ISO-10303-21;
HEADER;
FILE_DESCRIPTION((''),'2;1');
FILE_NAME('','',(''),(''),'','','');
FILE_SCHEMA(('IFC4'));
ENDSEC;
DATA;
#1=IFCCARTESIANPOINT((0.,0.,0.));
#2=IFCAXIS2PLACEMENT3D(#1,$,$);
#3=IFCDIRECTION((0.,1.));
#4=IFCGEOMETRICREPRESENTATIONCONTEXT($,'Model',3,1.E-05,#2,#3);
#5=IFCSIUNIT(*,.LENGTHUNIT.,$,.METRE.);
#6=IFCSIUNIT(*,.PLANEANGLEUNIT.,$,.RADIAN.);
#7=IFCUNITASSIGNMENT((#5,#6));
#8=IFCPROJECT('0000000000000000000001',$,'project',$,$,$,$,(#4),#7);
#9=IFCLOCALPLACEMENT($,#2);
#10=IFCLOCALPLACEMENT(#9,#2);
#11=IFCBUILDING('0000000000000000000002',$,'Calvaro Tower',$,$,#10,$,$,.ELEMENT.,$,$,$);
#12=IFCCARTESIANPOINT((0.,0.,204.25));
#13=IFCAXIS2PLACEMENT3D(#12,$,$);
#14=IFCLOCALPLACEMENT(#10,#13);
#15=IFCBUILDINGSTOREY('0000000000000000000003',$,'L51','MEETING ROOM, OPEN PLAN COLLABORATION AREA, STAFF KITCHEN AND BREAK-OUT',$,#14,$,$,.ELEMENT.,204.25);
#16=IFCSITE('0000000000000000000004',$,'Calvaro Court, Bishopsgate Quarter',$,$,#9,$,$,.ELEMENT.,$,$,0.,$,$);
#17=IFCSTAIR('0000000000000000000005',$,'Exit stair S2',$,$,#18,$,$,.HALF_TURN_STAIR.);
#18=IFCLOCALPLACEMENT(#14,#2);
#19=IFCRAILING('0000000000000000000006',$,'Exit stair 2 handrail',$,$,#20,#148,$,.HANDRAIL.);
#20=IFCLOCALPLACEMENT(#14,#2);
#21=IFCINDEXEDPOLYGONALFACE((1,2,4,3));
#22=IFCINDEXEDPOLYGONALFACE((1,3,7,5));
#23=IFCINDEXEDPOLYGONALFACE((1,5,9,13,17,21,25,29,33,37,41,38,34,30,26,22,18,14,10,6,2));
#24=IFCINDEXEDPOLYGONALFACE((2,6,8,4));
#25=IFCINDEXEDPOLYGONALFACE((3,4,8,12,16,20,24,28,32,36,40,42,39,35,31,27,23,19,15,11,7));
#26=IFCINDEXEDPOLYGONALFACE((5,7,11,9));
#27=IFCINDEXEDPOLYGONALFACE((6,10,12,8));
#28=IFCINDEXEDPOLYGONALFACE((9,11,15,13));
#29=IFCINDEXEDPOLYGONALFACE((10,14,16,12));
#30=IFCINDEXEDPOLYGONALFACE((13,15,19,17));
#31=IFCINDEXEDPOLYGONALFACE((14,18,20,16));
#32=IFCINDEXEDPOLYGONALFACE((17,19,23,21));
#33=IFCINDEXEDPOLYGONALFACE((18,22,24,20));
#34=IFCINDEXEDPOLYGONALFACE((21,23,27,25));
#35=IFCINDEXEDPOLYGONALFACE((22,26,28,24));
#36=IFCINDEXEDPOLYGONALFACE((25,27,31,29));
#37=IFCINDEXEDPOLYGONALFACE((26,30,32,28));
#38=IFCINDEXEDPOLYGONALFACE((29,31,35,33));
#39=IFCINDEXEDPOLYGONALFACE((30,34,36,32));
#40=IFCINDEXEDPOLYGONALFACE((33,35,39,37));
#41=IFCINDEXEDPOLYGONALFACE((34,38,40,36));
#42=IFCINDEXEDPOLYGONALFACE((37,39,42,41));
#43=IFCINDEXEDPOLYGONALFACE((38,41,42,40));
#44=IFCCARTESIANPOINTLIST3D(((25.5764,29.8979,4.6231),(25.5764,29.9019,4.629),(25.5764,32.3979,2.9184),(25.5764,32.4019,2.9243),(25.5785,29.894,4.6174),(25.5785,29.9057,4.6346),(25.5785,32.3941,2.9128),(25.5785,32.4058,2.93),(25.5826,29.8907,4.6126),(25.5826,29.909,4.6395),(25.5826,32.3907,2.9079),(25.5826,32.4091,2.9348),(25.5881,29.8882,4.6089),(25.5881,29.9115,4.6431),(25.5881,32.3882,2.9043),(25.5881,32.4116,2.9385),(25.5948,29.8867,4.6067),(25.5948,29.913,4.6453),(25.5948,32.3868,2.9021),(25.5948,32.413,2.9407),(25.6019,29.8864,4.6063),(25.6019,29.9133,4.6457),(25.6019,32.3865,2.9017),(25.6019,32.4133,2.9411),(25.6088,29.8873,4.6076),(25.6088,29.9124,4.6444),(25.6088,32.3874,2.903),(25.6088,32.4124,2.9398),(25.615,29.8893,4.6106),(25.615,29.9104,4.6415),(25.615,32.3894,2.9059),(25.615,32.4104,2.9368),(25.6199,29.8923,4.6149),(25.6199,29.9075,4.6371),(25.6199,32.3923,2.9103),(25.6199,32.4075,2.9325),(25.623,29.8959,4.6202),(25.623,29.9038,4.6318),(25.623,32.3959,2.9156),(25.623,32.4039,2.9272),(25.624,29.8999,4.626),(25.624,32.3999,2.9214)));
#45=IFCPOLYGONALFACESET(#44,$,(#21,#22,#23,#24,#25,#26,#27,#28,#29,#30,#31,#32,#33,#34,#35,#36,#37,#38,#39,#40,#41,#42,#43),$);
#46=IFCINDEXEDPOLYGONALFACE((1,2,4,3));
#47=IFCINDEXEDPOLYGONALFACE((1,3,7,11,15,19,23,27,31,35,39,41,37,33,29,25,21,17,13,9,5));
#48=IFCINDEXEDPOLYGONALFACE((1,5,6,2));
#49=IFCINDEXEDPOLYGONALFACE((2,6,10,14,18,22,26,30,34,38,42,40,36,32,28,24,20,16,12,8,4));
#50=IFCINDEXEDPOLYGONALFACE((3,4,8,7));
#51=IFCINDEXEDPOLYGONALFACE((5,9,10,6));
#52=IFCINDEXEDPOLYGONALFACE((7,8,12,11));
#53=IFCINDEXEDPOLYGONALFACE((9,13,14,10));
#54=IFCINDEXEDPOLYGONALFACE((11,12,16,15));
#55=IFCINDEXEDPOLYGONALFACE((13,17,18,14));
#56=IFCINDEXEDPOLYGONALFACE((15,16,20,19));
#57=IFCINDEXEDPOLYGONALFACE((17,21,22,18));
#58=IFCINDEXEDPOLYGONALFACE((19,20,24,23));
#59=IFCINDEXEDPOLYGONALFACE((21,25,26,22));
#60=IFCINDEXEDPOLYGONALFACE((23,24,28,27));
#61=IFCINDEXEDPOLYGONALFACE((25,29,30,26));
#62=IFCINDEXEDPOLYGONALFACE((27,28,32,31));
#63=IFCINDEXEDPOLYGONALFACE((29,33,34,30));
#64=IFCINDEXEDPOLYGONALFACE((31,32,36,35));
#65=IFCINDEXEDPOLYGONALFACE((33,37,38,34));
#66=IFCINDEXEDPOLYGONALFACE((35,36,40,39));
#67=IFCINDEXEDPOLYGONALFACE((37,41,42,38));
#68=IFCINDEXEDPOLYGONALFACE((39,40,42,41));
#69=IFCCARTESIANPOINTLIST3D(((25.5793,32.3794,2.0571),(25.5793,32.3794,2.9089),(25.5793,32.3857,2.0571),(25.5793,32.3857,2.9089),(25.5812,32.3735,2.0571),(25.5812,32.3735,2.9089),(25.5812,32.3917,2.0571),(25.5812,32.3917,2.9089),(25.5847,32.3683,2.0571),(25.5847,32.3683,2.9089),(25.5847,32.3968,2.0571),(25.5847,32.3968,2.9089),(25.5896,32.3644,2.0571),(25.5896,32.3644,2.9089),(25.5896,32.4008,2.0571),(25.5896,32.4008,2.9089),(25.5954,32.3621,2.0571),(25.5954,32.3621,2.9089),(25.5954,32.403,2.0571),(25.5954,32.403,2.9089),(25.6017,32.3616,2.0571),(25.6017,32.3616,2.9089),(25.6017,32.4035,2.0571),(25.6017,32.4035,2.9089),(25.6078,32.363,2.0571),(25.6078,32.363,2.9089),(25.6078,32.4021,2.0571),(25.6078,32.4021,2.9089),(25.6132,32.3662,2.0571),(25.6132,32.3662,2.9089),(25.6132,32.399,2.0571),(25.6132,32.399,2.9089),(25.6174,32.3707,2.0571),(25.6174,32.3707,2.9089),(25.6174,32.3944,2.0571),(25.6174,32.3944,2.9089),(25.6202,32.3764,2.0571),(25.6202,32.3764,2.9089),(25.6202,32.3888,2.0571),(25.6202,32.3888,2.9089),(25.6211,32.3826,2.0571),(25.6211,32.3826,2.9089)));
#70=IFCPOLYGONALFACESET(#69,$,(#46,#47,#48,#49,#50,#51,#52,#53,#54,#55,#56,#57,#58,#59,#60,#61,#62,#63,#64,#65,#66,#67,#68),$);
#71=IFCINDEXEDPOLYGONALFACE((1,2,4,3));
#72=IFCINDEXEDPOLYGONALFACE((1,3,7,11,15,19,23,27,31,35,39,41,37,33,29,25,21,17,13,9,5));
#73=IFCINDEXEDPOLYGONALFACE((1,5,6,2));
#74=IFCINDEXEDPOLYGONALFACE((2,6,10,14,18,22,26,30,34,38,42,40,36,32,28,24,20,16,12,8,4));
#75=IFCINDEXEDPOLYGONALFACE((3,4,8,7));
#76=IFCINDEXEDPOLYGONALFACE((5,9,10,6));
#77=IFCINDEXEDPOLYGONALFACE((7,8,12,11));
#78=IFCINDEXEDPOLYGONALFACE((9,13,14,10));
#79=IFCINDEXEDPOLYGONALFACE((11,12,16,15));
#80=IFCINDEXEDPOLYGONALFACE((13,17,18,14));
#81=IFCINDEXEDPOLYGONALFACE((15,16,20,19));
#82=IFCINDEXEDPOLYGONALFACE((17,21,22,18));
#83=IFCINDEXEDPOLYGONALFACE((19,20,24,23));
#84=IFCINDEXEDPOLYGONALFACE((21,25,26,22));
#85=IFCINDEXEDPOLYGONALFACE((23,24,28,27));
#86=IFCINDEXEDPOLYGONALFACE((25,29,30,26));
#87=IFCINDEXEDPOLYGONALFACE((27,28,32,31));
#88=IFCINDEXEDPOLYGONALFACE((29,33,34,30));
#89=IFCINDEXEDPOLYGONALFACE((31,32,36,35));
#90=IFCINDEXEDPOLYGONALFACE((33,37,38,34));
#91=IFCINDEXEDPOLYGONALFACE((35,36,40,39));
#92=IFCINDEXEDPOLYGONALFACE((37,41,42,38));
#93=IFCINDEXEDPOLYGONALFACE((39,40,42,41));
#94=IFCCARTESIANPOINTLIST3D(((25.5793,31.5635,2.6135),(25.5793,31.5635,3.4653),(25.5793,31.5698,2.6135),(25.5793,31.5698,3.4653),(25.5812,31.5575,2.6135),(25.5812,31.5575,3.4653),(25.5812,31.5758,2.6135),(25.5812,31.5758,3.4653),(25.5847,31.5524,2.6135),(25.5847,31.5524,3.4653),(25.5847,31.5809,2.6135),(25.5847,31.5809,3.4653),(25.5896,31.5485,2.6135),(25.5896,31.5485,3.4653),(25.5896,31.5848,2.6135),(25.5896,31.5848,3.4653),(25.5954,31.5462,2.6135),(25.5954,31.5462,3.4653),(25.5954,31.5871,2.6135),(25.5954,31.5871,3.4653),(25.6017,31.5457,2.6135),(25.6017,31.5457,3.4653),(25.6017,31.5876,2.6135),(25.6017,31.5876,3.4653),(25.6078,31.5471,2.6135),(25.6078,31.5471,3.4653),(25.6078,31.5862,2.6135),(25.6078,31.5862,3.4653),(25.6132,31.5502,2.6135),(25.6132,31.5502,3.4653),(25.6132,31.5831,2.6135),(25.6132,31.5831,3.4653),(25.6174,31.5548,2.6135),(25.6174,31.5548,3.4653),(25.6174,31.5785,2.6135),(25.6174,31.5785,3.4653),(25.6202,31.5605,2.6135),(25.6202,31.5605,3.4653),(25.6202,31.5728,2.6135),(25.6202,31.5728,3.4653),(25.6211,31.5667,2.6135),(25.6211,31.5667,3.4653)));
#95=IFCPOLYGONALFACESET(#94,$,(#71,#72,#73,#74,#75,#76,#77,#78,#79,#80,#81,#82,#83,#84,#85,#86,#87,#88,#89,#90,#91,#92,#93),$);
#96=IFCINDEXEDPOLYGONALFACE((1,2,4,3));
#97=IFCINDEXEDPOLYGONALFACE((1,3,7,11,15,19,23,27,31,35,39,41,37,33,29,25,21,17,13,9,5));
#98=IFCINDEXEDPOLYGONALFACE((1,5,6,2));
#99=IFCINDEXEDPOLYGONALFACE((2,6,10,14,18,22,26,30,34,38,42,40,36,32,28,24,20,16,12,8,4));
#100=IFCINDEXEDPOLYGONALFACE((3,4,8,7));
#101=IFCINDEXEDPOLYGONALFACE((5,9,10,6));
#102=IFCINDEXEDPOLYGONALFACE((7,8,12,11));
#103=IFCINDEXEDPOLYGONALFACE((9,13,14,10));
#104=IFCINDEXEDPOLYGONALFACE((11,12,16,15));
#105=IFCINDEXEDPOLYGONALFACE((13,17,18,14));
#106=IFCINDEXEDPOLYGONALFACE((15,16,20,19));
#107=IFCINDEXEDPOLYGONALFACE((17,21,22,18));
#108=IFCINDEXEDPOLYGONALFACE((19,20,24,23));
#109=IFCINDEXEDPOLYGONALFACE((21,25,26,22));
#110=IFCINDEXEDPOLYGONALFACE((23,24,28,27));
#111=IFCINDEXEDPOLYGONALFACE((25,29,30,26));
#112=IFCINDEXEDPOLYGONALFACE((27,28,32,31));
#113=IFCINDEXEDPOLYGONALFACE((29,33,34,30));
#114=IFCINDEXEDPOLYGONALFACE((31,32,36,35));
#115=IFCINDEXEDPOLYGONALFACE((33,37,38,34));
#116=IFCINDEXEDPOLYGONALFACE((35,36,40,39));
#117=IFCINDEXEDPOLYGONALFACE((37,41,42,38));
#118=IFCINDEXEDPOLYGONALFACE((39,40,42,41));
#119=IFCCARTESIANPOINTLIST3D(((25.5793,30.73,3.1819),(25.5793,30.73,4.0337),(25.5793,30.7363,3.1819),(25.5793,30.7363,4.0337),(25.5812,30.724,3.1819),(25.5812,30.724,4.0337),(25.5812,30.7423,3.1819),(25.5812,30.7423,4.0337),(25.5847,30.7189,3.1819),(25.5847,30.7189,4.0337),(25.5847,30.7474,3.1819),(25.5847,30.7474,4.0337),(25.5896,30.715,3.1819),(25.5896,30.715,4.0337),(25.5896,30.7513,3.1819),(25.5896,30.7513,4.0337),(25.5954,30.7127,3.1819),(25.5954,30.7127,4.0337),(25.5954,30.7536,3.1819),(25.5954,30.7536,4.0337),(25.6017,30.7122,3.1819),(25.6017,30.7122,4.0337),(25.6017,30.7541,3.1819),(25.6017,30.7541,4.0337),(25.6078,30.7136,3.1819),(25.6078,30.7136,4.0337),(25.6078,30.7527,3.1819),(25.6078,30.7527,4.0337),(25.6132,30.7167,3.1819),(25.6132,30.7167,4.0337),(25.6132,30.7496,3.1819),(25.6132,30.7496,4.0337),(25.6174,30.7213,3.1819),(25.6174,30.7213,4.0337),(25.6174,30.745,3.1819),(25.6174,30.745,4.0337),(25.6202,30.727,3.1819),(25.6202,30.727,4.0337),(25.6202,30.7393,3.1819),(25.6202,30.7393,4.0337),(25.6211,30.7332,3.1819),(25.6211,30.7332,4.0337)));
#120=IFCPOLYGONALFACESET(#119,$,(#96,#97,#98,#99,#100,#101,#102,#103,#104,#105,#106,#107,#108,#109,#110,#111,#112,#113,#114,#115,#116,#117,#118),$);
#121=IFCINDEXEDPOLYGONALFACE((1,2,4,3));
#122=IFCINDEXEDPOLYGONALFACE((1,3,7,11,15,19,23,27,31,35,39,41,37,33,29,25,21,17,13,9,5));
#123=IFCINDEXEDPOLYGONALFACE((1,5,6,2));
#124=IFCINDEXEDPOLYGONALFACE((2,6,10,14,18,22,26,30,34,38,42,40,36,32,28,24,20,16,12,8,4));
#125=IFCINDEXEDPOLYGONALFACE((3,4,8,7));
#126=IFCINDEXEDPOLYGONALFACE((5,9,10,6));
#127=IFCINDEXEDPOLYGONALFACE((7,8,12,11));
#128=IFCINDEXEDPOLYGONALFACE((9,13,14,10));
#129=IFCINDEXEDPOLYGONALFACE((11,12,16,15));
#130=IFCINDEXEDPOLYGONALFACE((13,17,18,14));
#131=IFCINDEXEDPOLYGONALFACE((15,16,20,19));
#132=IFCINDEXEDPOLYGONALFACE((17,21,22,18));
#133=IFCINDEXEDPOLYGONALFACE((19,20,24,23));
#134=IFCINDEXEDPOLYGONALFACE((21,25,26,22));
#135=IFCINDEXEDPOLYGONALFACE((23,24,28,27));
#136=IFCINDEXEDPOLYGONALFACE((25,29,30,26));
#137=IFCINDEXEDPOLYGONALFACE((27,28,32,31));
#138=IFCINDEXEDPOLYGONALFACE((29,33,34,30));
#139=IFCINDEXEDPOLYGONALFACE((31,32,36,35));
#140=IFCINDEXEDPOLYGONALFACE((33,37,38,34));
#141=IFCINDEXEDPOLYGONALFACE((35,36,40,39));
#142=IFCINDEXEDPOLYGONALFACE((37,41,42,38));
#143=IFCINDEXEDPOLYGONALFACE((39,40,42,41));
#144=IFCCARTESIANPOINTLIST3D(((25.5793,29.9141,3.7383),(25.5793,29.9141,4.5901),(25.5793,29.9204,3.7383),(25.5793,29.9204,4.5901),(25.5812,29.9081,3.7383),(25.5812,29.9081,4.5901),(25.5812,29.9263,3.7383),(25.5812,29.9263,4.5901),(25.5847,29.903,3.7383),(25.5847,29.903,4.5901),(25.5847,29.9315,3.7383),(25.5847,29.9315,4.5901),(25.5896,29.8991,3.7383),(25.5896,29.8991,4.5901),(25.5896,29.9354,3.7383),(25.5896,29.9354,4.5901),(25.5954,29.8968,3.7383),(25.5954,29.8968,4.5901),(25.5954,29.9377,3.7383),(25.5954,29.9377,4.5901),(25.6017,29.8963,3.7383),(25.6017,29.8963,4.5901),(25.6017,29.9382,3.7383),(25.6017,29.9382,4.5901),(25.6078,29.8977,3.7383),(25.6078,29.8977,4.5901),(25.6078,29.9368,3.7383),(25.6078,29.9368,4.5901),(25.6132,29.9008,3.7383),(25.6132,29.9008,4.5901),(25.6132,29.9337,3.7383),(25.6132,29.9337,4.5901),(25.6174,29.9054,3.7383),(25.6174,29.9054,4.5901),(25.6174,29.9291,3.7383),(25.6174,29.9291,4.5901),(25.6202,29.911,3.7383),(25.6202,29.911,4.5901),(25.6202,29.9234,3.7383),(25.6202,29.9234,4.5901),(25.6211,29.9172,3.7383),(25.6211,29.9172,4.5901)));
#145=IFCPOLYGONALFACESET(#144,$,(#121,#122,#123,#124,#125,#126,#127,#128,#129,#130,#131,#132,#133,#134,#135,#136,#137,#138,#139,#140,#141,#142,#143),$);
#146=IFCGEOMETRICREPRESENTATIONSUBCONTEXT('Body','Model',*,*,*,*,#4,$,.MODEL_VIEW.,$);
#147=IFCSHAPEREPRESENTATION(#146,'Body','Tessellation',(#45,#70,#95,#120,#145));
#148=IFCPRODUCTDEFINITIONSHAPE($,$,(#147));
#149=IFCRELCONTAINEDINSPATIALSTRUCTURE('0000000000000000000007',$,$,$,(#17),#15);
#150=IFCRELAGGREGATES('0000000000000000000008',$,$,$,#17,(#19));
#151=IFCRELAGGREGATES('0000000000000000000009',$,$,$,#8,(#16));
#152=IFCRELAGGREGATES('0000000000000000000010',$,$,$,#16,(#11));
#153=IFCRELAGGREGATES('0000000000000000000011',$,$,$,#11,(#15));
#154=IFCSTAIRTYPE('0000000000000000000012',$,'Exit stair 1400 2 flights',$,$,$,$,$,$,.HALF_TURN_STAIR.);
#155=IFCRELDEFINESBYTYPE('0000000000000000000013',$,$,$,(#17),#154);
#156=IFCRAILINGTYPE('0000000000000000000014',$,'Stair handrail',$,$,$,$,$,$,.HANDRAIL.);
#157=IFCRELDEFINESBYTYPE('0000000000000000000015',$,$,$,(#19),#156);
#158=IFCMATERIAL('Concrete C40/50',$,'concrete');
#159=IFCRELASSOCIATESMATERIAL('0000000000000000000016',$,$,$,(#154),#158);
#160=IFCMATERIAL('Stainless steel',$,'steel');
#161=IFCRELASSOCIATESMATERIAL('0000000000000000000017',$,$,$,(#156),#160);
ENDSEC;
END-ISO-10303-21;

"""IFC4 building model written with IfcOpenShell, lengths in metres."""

from ifc_helpers import new_model, si_unit, direction, frame, origin, origin_2d, place, context, subcontext, project, spatial, circle, extrude, material, type_object, element, aggregate, save


model = new_model("IFC4")

# Units and contexts
model_context = context("Model", 3, precision=1e-05, world=origin(), true_north=direction((0.0, 1.0)))
body_context = subcontext(model_context, "Body", "Model", "MODEL_VIEW")
ifc_project = project(units=[si_unit("LENGTHUNIT", "METRE"), si_unit("PLANEANGLEUNIT", "RADIAN")], contexts=[model_context])

# Site, building, storey
site_placement = place(None, origin())
site = spatial("IfcSite", under=ifc_project, at=site_placement, Name="Calvaro Court, Bishopsgate Quarter", CompositionType="ELEMENT", RefElevation=0.0)
building_placement = place(site_placement, origin())
building = spatial("IfcBuilding", under=site, at=building_placement, Name="Calvaro Tower", CompositionType="ELEMENT")
storey_placement = place(building_placement, frame((0.0, 0.0, 204.25)))
storey = spatial("IfcBuildingStorey", under=building, at=storey_placement, Name="L51", Description="MEETING ROOM, OPEN PLAN COLLABORATION AREA, STAFF KITCHEN AND BREAK-OUT", CompositionType="ELEMENT", Elevation=204.25)

# Stair, railing
ifc_material_1 = material(Name="Concrete C40/50", Category="concrete")
stair_type = type_object("IfcStairType", Name="Exit stair 1400 2 flights", PredefinedType="HALF_TURN_STAIR", material=ifc_material_1)
stair_placement = place(storey_placement, origin())
stair = element("IfcStair", 1, at=stair_placement, inside=storey, type_object=stair_type, Name="Exit stair S2", PredefinedType="HALF_TURN_STAIR")
ifc_material_2 = material(Name="Stainless steel", Category="steel")
railing_type = type_object("IfcRailingType", Name="Stair handrail", PredefinedType="HANDRAIL", material=ifc_material_2)
railing_1_placement = place(storey_placement, frame((25.6001, 32.3999, 2.0454)))
railing_1 = element("IfcRailing", 2, at=railing_1_placement, type_object=railing_type, Name="Exit stair 2 handrail", PredefinedType="HANDRAIL", context=body_context, shape_type="SweptSolid", body=[
    extrude(circle(Radius=0.0239, at=origin_2d()), frame((0.0, 0.0, 0.876), z_axis=(0.0, -0.826221, 0.563347), x_axis=(1.0, 0.0, 0.0)), (0.0, 0.0, 1.0), 3.0259),
    extrude(circle(Radius=0.021, at=origin_2d()), frame((0.0, -0.0173, 0.0117)), (0.0, 0.0, 1.0), 0.8518),
    extrude(circle(Radius=0.021, at=origin_2d()), frame((0.0, -0.8333, 0.5681)), (0.0, 0.0, 1.0), 0.8518),
    extrude(circle(Radius=0.021, at=origin_2d()), frame((0.0, -1.6667, 1.1365)), (0.0, 0.0, 1.0), 0.8518),
    extrude(circle(Radius=0.021, at=origin_2d()), frame((0.0, -2.4827, 1.6929)), (0.0, 0.0, 1.0), 0.8518),
])
aggregate(stair, [railing_1])

save(model, "model.ifc")
